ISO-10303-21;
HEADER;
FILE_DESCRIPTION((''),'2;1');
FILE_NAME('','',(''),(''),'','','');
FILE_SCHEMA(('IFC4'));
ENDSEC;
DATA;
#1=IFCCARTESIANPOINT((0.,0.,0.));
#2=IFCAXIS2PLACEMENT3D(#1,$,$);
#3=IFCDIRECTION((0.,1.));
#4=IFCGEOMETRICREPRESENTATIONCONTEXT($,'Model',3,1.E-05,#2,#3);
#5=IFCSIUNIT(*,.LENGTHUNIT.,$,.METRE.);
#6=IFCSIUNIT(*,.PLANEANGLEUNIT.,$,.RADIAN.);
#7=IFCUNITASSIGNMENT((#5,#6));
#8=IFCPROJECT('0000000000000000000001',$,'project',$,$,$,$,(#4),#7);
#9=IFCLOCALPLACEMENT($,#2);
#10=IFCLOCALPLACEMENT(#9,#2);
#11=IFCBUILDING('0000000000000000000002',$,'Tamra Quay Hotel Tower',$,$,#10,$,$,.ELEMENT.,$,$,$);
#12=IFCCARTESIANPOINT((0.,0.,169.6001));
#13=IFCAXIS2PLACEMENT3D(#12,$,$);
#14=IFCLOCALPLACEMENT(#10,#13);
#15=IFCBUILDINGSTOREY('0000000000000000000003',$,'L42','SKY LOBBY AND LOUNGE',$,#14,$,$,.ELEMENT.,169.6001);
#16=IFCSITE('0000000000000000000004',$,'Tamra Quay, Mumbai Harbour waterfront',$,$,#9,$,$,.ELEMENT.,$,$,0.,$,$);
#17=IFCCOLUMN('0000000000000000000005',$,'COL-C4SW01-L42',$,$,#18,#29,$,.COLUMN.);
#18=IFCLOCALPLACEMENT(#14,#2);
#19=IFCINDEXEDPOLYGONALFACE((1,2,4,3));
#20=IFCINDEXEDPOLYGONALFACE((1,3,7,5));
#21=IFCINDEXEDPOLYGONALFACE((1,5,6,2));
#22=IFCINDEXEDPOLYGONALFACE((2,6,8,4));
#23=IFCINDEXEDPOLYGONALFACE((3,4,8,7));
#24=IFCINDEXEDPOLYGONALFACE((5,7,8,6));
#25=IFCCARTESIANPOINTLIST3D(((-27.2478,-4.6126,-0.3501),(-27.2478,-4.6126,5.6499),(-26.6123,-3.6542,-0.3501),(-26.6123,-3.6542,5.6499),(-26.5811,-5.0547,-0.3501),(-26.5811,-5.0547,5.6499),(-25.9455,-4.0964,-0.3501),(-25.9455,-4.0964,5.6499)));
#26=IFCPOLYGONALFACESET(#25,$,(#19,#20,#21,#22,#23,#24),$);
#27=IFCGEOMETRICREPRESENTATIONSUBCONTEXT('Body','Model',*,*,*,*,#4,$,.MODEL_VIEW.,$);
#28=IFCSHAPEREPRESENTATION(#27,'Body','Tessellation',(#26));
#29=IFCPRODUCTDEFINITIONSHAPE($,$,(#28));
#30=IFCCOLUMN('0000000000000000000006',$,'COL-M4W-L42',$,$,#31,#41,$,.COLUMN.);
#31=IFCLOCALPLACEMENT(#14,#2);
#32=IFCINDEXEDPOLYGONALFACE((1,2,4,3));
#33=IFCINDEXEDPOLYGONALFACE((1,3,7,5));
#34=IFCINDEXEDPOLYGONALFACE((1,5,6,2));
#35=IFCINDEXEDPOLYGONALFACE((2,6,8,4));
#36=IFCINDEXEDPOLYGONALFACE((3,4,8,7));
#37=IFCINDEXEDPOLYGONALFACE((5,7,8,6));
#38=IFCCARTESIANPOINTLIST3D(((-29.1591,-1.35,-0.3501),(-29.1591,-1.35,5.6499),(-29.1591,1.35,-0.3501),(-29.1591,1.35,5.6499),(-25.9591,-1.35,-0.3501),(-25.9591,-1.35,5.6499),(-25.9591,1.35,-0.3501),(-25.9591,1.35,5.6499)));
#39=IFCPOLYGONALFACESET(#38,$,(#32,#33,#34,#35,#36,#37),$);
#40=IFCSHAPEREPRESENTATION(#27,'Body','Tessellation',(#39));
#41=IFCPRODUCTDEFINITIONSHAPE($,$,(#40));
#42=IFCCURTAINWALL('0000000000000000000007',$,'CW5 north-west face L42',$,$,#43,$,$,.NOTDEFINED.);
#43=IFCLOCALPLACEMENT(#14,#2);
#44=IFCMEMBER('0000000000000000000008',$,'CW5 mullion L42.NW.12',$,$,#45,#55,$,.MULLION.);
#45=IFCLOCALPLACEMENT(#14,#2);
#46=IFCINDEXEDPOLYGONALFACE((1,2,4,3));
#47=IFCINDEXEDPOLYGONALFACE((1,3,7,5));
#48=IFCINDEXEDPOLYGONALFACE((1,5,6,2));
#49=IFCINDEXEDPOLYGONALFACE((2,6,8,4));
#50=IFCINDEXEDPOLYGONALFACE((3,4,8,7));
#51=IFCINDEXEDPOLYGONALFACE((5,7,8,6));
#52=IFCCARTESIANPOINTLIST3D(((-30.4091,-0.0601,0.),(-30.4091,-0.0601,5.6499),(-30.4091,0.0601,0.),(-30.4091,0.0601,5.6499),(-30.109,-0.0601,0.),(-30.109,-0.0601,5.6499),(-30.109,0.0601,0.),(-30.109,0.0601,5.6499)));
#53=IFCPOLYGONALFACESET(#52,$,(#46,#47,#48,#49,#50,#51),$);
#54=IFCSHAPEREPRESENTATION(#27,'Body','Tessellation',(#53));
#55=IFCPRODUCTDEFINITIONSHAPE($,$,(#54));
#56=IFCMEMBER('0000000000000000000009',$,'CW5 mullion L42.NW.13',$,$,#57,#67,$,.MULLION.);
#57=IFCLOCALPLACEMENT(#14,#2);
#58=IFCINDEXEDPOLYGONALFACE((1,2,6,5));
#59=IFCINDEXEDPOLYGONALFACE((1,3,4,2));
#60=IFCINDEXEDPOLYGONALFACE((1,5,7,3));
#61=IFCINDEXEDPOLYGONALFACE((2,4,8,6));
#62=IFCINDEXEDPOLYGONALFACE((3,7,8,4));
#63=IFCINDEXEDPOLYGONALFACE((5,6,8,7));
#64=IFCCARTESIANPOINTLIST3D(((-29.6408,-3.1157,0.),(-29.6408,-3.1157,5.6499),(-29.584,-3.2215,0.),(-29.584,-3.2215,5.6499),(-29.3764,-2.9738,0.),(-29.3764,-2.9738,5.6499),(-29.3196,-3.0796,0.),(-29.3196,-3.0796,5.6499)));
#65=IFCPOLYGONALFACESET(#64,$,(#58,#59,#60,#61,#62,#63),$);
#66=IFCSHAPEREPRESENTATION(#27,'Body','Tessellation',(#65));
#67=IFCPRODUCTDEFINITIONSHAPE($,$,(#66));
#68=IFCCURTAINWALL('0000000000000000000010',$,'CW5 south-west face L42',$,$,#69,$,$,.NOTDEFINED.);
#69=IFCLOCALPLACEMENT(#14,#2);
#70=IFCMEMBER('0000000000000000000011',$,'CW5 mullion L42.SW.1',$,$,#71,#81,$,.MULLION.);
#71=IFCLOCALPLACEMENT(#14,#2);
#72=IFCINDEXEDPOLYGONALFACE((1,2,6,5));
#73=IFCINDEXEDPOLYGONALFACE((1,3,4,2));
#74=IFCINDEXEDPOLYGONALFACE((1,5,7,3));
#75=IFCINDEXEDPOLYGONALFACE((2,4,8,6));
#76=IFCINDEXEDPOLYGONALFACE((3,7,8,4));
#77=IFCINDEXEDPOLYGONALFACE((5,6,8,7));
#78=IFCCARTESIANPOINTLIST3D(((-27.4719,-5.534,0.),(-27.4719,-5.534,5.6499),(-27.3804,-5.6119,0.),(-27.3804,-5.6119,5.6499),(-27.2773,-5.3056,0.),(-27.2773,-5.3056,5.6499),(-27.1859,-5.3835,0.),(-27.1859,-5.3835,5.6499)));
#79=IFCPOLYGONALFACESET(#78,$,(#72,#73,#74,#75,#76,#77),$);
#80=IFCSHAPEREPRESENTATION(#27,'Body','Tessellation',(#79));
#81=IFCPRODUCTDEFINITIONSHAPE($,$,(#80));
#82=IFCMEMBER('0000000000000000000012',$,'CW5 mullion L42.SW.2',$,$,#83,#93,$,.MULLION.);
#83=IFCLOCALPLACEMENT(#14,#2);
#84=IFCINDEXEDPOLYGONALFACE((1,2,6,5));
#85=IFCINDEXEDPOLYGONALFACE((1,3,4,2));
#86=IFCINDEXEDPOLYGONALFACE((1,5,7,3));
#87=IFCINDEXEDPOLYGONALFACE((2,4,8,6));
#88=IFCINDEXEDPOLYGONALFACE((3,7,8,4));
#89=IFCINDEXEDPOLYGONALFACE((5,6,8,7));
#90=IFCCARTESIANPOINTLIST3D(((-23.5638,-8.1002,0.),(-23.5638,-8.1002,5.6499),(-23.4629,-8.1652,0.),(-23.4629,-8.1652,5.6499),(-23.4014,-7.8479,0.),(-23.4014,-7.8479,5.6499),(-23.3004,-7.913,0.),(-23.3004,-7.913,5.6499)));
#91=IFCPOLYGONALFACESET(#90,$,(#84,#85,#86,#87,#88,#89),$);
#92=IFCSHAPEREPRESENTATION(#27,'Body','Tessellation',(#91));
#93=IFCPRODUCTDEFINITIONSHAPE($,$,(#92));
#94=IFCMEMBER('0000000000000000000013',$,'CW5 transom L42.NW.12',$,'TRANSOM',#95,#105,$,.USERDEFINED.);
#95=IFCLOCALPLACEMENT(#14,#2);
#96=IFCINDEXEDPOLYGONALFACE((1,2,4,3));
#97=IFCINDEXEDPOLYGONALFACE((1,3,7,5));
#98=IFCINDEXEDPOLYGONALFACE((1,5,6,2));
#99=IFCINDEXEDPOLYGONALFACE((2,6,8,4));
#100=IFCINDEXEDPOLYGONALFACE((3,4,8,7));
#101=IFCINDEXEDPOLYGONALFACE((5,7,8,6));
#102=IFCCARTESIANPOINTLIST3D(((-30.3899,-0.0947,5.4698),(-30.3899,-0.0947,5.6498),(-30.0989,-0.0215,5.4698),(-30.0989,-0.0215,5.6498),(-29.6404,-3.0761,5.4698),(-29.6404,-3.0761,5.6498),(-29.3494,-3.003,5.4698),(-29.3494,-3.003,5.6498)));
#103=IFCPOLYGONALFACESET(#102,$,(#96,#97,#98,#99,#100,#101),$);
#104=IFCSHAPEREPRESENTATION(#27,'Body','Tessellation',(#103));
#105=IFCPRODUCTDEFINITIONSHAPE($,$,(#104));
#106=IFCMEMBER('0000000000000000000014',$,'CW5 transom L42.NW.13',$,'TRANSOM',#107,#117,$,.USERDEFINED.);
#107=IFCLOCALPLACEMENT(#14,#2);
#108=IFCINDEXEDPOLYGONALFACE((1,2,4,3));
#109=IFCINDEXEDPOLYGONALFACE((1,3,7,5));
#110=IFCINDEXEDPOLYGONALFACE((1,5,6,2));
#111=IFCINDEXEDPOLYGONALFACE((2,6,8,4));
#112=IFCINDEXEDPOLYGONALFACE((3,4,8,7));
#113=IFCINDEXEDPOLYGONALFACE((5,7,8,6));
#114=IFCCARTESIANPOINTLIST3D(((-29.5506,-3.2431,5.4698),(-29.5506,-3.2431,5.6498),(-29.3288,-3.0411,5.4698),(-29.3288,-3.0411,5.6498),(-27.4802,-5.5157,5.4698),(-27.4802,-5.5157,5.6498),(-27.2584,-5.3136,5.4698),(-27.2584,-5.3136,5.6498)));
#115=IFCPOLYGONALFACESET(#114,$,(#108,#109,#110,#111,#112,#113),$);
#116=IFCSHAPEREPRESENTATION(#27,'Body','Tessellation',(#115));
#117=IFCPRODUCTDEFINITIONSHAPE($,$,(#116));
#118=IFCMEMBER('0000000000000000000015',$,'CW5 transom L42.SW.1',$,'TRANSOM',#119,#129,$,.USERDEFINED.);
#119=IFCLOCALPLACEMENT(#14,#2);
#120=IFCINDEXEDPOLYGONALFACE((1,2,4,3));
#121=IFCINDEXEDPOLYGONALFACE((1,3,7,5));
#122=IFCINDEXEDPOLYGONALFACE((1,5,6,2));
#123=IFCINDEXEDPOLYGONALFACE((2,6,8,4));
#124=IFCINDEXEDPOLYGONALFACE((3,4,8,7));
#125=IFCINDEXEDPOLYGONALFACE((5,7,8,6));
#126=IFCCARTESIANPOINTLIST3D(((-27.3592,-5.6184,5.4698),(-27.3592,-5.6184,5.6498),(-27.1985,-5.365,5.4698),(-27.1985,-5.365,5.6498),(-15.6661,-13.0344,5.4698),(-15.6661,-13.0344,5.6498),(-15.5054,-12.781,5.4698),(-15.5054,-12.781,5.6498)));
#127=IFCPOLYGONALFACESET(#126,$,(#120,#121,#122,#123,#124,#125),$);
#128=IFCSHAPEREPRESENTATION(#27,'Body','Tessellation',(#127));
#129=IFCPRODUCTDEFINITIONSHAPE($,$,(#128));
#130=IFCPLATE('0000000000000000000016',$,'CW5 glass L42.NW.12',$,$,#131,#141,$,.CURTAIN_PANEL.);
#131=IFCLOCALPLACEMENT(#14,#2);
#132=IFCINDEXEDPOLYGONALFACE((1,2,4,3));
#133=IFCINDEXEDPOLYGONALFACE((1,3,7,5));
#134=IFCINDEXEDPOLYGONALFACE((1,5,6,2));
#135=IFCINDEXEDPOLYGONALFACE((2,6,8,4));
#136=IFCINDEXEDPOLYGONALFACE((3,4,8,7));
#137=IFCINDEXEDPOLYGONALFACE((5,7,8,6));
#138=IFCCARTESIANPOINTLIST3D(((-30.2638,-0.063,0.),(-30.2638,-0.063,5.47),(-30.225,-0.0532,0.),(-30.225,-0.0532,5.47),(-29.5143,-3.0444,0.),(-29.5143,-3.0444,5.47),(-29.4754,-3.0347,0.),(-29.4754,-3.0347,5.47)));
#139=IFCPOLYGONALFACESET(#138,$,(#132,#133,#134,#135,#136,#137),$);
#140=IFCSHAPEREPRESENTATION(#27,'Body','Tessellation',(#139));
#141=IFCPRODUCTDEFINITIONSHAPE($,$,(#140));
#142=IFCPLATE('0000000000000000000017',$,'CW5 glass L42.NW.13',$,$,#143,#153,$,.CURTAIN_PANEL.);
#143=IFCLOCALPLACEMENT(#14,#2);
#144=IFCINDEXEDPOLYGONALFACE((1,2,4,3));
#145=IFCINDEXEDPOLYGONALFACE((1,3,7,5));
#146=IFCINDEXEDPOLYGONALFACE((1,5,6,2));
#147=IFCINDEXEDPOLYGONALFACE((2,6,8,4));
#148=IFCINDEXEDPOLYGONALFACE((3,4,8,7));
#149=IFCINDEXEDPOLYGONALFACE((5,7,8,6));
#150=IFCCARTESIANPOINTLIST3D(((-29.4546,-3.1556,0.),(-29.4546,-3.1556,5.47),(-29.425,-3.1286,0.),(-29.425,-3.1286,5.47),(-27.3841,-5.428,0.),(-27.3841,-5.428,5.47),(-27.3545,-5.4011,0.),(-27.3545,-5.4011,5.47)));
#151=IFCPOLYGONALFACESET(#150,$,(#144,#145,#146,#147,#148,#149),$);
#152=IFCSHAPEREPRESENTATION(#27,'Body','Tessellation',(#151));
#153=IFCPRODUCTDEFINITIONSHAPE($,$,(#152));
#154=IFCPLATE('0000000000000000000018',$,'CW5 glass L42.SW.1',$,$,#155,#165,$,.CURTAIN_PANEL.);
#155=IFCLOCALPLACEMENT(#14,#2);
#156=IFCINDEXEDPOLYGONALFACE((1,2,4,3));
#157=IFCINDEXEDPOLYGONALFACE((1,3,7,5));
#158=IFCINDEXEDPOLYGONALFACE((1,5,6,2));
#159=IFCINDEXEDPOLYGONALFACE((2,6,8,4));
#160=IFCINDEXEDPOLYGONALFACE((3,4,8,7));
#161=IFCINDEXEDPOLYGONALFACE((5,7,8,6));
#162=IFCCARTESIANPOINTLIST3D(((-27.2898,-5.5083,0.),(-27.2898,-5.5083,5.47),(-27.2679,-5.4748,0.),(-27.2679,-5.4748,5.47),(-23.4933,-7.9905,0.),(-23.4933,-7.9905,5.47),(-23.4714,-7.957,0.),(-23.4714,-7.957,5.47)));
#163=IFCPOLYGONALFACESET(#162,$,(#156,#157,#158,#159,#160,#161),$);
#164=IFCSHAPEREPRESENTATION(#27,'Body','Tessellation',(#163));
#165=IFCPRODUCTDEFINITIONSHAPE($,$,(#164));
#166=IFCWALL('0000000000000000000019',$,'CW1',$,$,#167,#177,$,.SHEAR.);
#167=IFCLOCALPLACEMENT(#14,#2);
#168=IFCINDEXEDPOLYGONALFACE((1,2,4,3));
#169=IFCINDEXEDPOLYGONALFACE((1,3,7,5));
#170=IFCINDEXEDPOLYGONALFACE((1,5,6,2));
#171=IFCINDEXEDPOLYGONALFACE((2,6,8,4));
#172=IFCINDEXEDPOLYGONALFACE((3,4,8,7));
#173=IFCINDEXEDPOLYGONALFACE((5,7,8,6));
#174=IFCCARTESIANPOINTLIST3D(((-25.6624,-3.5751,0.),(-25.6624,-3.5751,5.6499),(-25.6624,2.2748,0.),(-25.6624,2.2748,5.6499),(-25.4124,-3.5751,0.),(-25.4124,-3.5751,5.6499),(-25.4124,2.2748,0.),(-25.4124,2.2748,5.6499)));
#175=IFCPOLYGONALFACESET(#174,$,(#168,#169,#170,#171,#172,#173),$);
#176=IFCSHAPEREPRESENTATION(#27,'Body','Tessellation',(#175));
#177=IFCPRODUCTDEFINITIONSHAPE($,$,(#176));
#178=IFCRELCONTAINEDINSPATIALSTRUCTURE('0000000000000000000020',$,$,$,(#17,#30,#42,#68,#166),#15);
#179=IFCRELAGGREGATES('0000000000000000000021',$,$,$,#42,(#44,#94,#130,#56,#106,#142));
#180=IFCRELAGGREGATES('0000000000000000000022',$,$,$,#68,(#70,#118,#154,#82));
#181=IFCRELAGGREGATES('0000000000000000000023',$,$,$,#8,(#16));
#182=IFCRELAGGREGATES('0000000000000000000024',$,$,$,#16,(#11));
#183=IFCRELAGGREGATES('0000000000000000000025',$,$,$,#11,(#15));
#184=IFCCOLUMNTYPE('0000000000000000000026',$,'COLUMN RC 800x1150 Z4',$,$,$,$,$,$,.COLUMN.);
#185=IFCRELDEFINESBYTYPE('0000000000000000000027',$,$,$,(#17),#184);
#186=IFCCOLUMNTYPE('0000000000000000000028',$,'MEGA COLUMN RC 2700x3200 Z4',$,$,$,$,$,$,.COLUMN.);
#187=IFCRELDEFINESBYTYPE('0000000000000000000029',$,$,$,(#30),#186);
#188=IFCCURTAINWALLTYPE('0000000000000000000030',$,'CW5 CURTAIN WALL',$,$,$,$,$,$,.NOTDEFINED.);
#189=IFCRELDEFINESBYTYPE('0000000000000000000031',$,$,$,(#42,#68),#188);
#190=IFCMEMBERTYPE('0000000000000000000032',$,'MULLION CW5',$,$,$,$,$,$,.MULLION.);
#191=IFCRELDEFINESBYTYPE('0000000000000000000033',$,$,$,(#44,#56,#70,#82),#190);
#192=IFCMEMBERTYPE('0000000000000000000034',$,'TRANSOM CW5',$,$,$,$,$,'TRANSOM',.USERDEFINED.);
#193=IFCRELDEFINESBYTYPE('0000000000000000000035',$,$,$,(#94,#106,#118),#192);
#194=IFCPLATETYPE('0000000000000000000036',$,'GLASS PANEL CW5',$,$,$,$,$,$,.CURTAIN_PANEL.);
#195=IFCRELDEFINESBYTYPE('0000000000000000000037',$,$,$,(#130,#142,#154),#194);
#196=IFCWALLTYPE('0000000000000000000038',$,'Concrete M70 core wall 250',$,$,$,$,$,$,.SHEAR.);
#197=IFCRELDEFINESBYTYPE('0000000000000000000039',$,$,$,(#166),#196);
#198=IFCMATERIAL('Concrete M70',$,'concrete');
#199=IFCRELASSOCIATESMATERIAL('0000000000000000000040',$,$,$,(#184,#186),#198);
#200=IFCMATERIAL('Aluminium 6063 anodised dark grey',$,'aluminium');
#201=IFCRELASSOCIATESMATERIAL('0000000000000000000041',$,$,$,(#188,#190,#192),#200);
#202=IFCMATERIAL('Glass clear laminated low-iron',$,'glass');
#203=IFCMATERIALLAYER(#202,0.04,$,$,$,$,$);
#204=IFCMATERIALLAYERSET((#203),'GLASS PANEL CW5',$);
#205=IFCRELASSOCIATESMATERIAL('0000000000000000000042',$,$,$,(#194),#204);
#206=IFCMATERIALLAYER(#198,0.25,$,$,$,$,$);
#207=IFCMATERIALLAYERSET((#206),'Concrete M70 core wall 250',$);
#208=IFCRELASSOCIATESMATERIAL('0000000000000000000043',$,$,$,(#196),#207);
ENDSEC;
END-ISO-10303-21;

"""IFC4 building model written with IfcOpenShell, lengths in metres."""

from ifc_helpers import new_model, si_unit, direction, frame, frame_2d, origin, origin_2d, place, context, subcontext, project, spatial, rectangle, extrude, material, layer, layer_set, material_profile, profile_set, type_object, element, aggregate, save


model = new_model("IFC4")

# Units and contexts
model_context = context("Model", 3, precision=1e-05, world=origin(), true_north=direction((0.0, 1.0)))
body_context = subcontext(model_context, "Body", "Model", "MODEL_VIEW")
ifc_project = project(units=[si_unit("LENGTHUNIT", "METRE"), si_unit("PLANEANGLEUNIT", "RADIAN")], contexts=[model_context])

# Site, building, storey
site_placement = place(None, origin())
site = spatial("IfcSite", under=ifc_project, at=site_placement, Name="Tamra Quay, Mumbai Harbour waterfront", CompositionType="ELEMENT", RefElevation=0.0)
building_placement = place(site_placement, origin())
building = spatial("IfcBuilding", under=site, at=building_placement, Name="Tamra Quay Hotel Tower", CompositionType="ELEMENT")
storey_placement = place(building_placement, frame((0.0, 0.0, 169.6001)))
storey = spatial("IfcBuildingStorey", under=building, at=storey_placement, Name="L42", Description="SKY LOBBY AND LOUNGE", CompositionType="ELEMENT", Elevation=169.6001)

# Columns
ifc_material_1 = material(Name="Concrete M70", Category="concrete")
ifc_material_profile_1 = material_profile(ifc_material_1, rectangle(XDim=1.1499, YDim=0.8, at=origin_2d()), Name="COLUMN RC 800x1150 Z4")
ifc_profile_set_1 = profile_set([ifc_material_profile_1], Name="Concrete M70")
column_type_1 = type_object("IfcColumnType", Name="COLUMN RC 800x1150 Z4", PredefinedType="COLUMN", material=ifc_profile_set_1)
column_1_placement = place(storey_placement, frame((-26.5967, -4.3545, -0.3501), z_axis=(0.0, 0.0, 1.0), x_axis=(0.552666, 0.833403, 0.0)))
element("IfcColumn", 1, at=column_1_placement, inside=storey, type_object=column_type_1, Name="COL-C4SW01-L42", PredefinedType="COLUMN", context=body_context, shape_type="SweptSolid", body=[
    extrude(rectangle(XDim=1.1499, YDim=0.8, at=origin_2d()), origin(), (0.0, 0.0, 1.0), 6.0),
])
ifc_material_profile_2 = material_profile(ifc_material_1, rectangle(XDim=3.2, YDim=2.7, at=origin_2d()), Name="MEGA COLUMN RC 2700x3200 Z4")
ifc_profile_set_2 = profile_set([ifc_material_profile_2], Name="Concrete M70")
column_type_2 = type_object("IfcColumnType", Name="MEGA COLUMN RC 2700x3200 Z4", PredefinedType="COLUMN", material=ifc_profile_set_2)
column_2_placement = place(storey_placement, frame((-27.5591, 0.0, -0.3501), z_axis=(0.0, 0.0, 1.0), x_axis=(1.0, 0.0, 0.0)))
element("IfcColumn", 2, at=column_2_placement, inside=storey, type_object=column_type_2, Name="COL-M4W-L42", PredefinedType="COLUMN", context=body_context, shape_type="SweptSolid", body=[
    extrude(rectangle(XDim=3.2, YDim=2.7, at=origin_2d()), origin(), (0.0, 0.0, 1.0), 6.0),
])

# Curtain walls, members
ifc_material_2 = material(Name="Aluminium 6063 anodised dark grey", Category="aluminium")
curtain_wall_type = type_object("IfcCurtainWallType", Name="CW5 CURTAIN WALL", PredefinedType="NOTDEFINED", material=ifc_material_2)
curtain_wall_1_placement = place(storey_placement, origin())
curtain_wall_1 = element("IfcCurtainWall", 3, at=curtain_wall_1_placement, inside=storey, type_object=curtain_wall_type, Name="CW5 north-west face L42", PredefinedType="NOTDEFINED")
ifc_material_profile_3 = material_profile(ifc_material_2, rectangle(XDim=0.3, YDim=0.1201, at=origin_2d()), Name="MULLION 120X300")
ifc_profile_set_3 = profile_set([ifc_material_profile_3], Name="Aluminium 6063 anodised dark grey")
member_type_1 = type_object("IfcMemberType", Name="MULLION CW5", PredefinedType="MULLION", material=ifc_profile_set_3)
member_1_placement = place(storey_placement, frame((-30.259, 0.0, 0.0), z_axis=(0.0, 0.0, 1.0), x_axis=(-1.0, 0.0, 0.0)))
member_1 = element("IfcMember", 4, at=member_1_placement, type_object=member_type_1, Name="CW5 mullion L42.NW.12", PredefinedType="MULLION", context=body_context, shape_type="SweptSolid", body=[
    extrude(rectangle(XDim=0.3, YDim=0.1201, at=origin_2d()), origin(), (0.0, 0.0, 1.0), 5.6499),
])
member_2_placement = place(storey_placement, frame((-29.4802, -3.0977, 0.0), z_axis=(0.0, 0.0, 1.0), x_axis=(-0.881098, -0.472935, 0.0)))
member_2 = element("IfcMember", 5, at=member_2_placement, type_object=member_type_1, Name="CW5 mullion L42.NW.13", PredefinedType="MULLION", context=body_context, shape_type="SweptSolid", body=[
    extrude(rectangle(XDim=0.3, YDim=0.1201, at=origin_2d()), origin(), (0.0, 0.0, 1.0), 5.6499),
])
curtain_wall_2_placement = place(storey_placement, origin())
curtain_wall_2 = element("IfcCurtainWall", 6, at=curtain_wall_2_placement, inside=storey, type_object=curtain_wall_type, Name="CW5 south-west face L42", PredefinedType="NOTDEFINED")
member_3_placement = place(storey_placement, frame((-27.3289, -5.4587, 0.0), z_axis=(0.0, 0.0, 1.0), x_axis=(-0.648381, -0.761316, 0.0)))
member_3 = element("IfcMember", 7, at=member_3_placement, type_object=member_type_1, Name="CW5 mullion L42.SW.1", PredefinedType="MULLION", context=body_context, shape_type="SweptSolid", body=[
    extrude(rectangle(XDim=0.3, YDim=0.1201, at=origin_2d()), origin(), (0.0, 0.0, 1.0), 5.6499),
])
member_4_placement = place(storey_placement, frame((-23.4321, -8.0066, 0.0), z_axis=(0.0, 0.0, 1.0), x_axis=(-0.541422, -0.840751, 0.0)))
member_4 = element("IfcMember", 8, at=member_4_placement, type_object=member_type_1, Name="CW5 mullion L42.SW.2", PredefinedType="MULLION", context=body_context, shape_type="SweptSolid", body=[
    extrude(rectangle(XDim=0.3, YDim=0.1201, at=origin_2d()), origin(), (0.0, 0.0, 1.0), 5.6499),
])

# Members
ifc_material_profile_4 = material_profile(ifc_material_2, rectangle(XDim=0.3, YDim=0.1799, at=origin_2d()), Name="TRANSOM 300X180")
ifc_profile_set_4 = profile_set([ifc_material_profile_4], Name="Aluminium 6063 anodised dark grey")
member_type_2 = type_object("IfcMemberType", Name="TRANSOM CW5", ElementType="TRANSOM", PredefinedType="USERDEFINED", material=ifc_profile_set_4)
member_5_placement = place(storey_placement, frame((-30.2444, -0.0581, 5.5598), z_axis=(0.243806, -0.969824, 0.0), x_axis=(0.969824, 0.243806, 0.0)))
member_5 = element("IfcMember", 9, at=member_5_placement, type_object=member_type_2, Name="CW5 transom L42.NW.12", ObjectType="TRANSOM", PredefinedType="USERDEFINED", context=body_context, shape_type="SweptSolid", body=[
    extrude(rectangle(XDim=0.3, YDim=0.1799, at=origin_2d()), origin(), (0.0, 0.0, 1.0), 3.0742),
])
member_6_placement = place(storey_placement, frame((-29.4397, -3.1421, 5.5598), z_axis=(0.673463, -0.739221, 0.0), x_axis=(0.739221, 0.673463, 0.0)))
member_6 = element("IfcMember", 10, at=member_6_placement, type_object=member_type_2, Name="CW5 transom L42.NW.13", ObjectType="TRANSOM", PredefinedType="USERDEFINED", context=body_context, shape_type="SweptSolid", body=[
    extrude(rectangle(XDim=0.3, YDim=0.1799, at=origin_2d()), origin(), (0.0, 0.0, 1.0), 3.0742),
])
member_7_placement = place(storey_placement, frame((-27.2788, -5.4917, 5.5598), z_axis=(0.84448, -0.535587, 0.0), x_axis=(0.535587, 0.84448, 0.0)))
member_7 = element("IfcMember", 11, at=member_7_placement, type_object=member_type_2, Name="CW5 transom L42.SW.1", ObjectType="TRANSOM", PredefinedType="USERDEFINED", context=body_context, shape_type="SweptSolid", body=[
    extrude(rectangle(XDim=0.3, YDim=0.1799, at=origin_2d()), origin(), (0.0, 0.0, 1.0), 13.8464),
])

# Plates
ifc_material_3 = material(Name="Glass clear laminated low-iron", Category="glass")
ifc_layer_1 = layer(ifc_material_3, 0.04)
ifc_layer_set_1 = layer_set([ifc_layer_1], Name="GLASS PANEL CW5")
plate_type = type_object("IfcPlateType", Name="GLASS PANEL CW5", PredefinedType="CURTAIN_PANEL", material=ifc_layer_set_1)
plate_1_placement = place(storey_placement, frame((-29.8696, -1.5488, 0.0), z_axis=(0.0, 0.0, 1.0), x_axis=(0.243826, -0.969819, 0.0)))
plate_1 = element("IfcPlate", 12, at=plate_1_placement, type_object=plate_type, Name="CW5 glass L42.NW.12", PredefinedType="CURTAIN_PANEL", context=body_context, shape_type="SweptSolid", body=[
    extrude(rectangle(XDim=3.0742, YDim=0.04, at=origin_2d()), origin(), (0.0, 0.0, 1.0), 5.47),
])
plate_2_placement = place(storey_placement, frame((-28.4045, -4.2783, 0.0), z_axis=(0.0, 0.0, 1.0), x_axis=(0.673496, -0.739191, 0.0)))
plate_2 = element("IfcPlate", 13, at=plate_2_placement, type_object=plate_type, Name="CW5 glass L42.NW.13", PredefinedType="CURTAIN_PANEL", context=body_context, shape_type="SweptSolid", body=[
    extrude(rectangle(XDim=3.0742, YDim=0.04, at=origin_2d()), origin(), (0.0, 0.0, 1.0), 5.47),
])
aggregate(curtain_wall_1, [member_1, member_5, plate_1, member_2, member_6, plate_2])
plate_3_placement = place(storey_placement, frame((-25.3806, -6.7327, 0.0), z_axis=(0.0, 0.0, 1.0), x_axis=(0.836986, -0.547224, 0.0)))
plate_3 = element("IfcPlate", 14, at=plate_3_placement, type_object=plate_type, Name="CW5 glass L42.SW.1", PredefinedType="CURTAIN_PANEL", context=body_context, shape_type="SweptSolid", body=[
    extrude(rectangle(XDim=4.5359, YDim=0.04, at=origin_2d()), origin(), (0.0, 0.0, 1.0), 5.47),
])
aggregate(curtain_wall_2, [member_3, member_7, plate_3, member_4])

# Wall
ifc_layer_2 = layer(ifc_material_1, 0.25)
ifc_layer_set_2 = layer_set([ifc_layer_2], Name="Concrete M70 core wall 250")
wall_type_1 = type_object("IfcWallType", Name="Concrete M70 core wall 250", PredefinedType="SHEAR", material=ifc_layer_set_2)
wall_1_placement = place(storey_placement, frame((-25.5374, -3.575, 0.0), z_axis=(0.0, 0.0, 1.0), x_axis=(0.0, 1.0, 0.0)))
element("IfcWall", 15, at=wall_1_placement, inside=storey, type_object=wall_type_1, Name="CW1", PredefinedType="SHEAR", context=body_context, shape_type="SweptSolid", body=[
    extrude(rectangle(XDim=5.8499, YDim=0.25, at=frame_2d((2.9248, 0.0))), origin(), (0.0, 0.0, 1.0), 5.6499),
])

save(model, "model.ifc")
